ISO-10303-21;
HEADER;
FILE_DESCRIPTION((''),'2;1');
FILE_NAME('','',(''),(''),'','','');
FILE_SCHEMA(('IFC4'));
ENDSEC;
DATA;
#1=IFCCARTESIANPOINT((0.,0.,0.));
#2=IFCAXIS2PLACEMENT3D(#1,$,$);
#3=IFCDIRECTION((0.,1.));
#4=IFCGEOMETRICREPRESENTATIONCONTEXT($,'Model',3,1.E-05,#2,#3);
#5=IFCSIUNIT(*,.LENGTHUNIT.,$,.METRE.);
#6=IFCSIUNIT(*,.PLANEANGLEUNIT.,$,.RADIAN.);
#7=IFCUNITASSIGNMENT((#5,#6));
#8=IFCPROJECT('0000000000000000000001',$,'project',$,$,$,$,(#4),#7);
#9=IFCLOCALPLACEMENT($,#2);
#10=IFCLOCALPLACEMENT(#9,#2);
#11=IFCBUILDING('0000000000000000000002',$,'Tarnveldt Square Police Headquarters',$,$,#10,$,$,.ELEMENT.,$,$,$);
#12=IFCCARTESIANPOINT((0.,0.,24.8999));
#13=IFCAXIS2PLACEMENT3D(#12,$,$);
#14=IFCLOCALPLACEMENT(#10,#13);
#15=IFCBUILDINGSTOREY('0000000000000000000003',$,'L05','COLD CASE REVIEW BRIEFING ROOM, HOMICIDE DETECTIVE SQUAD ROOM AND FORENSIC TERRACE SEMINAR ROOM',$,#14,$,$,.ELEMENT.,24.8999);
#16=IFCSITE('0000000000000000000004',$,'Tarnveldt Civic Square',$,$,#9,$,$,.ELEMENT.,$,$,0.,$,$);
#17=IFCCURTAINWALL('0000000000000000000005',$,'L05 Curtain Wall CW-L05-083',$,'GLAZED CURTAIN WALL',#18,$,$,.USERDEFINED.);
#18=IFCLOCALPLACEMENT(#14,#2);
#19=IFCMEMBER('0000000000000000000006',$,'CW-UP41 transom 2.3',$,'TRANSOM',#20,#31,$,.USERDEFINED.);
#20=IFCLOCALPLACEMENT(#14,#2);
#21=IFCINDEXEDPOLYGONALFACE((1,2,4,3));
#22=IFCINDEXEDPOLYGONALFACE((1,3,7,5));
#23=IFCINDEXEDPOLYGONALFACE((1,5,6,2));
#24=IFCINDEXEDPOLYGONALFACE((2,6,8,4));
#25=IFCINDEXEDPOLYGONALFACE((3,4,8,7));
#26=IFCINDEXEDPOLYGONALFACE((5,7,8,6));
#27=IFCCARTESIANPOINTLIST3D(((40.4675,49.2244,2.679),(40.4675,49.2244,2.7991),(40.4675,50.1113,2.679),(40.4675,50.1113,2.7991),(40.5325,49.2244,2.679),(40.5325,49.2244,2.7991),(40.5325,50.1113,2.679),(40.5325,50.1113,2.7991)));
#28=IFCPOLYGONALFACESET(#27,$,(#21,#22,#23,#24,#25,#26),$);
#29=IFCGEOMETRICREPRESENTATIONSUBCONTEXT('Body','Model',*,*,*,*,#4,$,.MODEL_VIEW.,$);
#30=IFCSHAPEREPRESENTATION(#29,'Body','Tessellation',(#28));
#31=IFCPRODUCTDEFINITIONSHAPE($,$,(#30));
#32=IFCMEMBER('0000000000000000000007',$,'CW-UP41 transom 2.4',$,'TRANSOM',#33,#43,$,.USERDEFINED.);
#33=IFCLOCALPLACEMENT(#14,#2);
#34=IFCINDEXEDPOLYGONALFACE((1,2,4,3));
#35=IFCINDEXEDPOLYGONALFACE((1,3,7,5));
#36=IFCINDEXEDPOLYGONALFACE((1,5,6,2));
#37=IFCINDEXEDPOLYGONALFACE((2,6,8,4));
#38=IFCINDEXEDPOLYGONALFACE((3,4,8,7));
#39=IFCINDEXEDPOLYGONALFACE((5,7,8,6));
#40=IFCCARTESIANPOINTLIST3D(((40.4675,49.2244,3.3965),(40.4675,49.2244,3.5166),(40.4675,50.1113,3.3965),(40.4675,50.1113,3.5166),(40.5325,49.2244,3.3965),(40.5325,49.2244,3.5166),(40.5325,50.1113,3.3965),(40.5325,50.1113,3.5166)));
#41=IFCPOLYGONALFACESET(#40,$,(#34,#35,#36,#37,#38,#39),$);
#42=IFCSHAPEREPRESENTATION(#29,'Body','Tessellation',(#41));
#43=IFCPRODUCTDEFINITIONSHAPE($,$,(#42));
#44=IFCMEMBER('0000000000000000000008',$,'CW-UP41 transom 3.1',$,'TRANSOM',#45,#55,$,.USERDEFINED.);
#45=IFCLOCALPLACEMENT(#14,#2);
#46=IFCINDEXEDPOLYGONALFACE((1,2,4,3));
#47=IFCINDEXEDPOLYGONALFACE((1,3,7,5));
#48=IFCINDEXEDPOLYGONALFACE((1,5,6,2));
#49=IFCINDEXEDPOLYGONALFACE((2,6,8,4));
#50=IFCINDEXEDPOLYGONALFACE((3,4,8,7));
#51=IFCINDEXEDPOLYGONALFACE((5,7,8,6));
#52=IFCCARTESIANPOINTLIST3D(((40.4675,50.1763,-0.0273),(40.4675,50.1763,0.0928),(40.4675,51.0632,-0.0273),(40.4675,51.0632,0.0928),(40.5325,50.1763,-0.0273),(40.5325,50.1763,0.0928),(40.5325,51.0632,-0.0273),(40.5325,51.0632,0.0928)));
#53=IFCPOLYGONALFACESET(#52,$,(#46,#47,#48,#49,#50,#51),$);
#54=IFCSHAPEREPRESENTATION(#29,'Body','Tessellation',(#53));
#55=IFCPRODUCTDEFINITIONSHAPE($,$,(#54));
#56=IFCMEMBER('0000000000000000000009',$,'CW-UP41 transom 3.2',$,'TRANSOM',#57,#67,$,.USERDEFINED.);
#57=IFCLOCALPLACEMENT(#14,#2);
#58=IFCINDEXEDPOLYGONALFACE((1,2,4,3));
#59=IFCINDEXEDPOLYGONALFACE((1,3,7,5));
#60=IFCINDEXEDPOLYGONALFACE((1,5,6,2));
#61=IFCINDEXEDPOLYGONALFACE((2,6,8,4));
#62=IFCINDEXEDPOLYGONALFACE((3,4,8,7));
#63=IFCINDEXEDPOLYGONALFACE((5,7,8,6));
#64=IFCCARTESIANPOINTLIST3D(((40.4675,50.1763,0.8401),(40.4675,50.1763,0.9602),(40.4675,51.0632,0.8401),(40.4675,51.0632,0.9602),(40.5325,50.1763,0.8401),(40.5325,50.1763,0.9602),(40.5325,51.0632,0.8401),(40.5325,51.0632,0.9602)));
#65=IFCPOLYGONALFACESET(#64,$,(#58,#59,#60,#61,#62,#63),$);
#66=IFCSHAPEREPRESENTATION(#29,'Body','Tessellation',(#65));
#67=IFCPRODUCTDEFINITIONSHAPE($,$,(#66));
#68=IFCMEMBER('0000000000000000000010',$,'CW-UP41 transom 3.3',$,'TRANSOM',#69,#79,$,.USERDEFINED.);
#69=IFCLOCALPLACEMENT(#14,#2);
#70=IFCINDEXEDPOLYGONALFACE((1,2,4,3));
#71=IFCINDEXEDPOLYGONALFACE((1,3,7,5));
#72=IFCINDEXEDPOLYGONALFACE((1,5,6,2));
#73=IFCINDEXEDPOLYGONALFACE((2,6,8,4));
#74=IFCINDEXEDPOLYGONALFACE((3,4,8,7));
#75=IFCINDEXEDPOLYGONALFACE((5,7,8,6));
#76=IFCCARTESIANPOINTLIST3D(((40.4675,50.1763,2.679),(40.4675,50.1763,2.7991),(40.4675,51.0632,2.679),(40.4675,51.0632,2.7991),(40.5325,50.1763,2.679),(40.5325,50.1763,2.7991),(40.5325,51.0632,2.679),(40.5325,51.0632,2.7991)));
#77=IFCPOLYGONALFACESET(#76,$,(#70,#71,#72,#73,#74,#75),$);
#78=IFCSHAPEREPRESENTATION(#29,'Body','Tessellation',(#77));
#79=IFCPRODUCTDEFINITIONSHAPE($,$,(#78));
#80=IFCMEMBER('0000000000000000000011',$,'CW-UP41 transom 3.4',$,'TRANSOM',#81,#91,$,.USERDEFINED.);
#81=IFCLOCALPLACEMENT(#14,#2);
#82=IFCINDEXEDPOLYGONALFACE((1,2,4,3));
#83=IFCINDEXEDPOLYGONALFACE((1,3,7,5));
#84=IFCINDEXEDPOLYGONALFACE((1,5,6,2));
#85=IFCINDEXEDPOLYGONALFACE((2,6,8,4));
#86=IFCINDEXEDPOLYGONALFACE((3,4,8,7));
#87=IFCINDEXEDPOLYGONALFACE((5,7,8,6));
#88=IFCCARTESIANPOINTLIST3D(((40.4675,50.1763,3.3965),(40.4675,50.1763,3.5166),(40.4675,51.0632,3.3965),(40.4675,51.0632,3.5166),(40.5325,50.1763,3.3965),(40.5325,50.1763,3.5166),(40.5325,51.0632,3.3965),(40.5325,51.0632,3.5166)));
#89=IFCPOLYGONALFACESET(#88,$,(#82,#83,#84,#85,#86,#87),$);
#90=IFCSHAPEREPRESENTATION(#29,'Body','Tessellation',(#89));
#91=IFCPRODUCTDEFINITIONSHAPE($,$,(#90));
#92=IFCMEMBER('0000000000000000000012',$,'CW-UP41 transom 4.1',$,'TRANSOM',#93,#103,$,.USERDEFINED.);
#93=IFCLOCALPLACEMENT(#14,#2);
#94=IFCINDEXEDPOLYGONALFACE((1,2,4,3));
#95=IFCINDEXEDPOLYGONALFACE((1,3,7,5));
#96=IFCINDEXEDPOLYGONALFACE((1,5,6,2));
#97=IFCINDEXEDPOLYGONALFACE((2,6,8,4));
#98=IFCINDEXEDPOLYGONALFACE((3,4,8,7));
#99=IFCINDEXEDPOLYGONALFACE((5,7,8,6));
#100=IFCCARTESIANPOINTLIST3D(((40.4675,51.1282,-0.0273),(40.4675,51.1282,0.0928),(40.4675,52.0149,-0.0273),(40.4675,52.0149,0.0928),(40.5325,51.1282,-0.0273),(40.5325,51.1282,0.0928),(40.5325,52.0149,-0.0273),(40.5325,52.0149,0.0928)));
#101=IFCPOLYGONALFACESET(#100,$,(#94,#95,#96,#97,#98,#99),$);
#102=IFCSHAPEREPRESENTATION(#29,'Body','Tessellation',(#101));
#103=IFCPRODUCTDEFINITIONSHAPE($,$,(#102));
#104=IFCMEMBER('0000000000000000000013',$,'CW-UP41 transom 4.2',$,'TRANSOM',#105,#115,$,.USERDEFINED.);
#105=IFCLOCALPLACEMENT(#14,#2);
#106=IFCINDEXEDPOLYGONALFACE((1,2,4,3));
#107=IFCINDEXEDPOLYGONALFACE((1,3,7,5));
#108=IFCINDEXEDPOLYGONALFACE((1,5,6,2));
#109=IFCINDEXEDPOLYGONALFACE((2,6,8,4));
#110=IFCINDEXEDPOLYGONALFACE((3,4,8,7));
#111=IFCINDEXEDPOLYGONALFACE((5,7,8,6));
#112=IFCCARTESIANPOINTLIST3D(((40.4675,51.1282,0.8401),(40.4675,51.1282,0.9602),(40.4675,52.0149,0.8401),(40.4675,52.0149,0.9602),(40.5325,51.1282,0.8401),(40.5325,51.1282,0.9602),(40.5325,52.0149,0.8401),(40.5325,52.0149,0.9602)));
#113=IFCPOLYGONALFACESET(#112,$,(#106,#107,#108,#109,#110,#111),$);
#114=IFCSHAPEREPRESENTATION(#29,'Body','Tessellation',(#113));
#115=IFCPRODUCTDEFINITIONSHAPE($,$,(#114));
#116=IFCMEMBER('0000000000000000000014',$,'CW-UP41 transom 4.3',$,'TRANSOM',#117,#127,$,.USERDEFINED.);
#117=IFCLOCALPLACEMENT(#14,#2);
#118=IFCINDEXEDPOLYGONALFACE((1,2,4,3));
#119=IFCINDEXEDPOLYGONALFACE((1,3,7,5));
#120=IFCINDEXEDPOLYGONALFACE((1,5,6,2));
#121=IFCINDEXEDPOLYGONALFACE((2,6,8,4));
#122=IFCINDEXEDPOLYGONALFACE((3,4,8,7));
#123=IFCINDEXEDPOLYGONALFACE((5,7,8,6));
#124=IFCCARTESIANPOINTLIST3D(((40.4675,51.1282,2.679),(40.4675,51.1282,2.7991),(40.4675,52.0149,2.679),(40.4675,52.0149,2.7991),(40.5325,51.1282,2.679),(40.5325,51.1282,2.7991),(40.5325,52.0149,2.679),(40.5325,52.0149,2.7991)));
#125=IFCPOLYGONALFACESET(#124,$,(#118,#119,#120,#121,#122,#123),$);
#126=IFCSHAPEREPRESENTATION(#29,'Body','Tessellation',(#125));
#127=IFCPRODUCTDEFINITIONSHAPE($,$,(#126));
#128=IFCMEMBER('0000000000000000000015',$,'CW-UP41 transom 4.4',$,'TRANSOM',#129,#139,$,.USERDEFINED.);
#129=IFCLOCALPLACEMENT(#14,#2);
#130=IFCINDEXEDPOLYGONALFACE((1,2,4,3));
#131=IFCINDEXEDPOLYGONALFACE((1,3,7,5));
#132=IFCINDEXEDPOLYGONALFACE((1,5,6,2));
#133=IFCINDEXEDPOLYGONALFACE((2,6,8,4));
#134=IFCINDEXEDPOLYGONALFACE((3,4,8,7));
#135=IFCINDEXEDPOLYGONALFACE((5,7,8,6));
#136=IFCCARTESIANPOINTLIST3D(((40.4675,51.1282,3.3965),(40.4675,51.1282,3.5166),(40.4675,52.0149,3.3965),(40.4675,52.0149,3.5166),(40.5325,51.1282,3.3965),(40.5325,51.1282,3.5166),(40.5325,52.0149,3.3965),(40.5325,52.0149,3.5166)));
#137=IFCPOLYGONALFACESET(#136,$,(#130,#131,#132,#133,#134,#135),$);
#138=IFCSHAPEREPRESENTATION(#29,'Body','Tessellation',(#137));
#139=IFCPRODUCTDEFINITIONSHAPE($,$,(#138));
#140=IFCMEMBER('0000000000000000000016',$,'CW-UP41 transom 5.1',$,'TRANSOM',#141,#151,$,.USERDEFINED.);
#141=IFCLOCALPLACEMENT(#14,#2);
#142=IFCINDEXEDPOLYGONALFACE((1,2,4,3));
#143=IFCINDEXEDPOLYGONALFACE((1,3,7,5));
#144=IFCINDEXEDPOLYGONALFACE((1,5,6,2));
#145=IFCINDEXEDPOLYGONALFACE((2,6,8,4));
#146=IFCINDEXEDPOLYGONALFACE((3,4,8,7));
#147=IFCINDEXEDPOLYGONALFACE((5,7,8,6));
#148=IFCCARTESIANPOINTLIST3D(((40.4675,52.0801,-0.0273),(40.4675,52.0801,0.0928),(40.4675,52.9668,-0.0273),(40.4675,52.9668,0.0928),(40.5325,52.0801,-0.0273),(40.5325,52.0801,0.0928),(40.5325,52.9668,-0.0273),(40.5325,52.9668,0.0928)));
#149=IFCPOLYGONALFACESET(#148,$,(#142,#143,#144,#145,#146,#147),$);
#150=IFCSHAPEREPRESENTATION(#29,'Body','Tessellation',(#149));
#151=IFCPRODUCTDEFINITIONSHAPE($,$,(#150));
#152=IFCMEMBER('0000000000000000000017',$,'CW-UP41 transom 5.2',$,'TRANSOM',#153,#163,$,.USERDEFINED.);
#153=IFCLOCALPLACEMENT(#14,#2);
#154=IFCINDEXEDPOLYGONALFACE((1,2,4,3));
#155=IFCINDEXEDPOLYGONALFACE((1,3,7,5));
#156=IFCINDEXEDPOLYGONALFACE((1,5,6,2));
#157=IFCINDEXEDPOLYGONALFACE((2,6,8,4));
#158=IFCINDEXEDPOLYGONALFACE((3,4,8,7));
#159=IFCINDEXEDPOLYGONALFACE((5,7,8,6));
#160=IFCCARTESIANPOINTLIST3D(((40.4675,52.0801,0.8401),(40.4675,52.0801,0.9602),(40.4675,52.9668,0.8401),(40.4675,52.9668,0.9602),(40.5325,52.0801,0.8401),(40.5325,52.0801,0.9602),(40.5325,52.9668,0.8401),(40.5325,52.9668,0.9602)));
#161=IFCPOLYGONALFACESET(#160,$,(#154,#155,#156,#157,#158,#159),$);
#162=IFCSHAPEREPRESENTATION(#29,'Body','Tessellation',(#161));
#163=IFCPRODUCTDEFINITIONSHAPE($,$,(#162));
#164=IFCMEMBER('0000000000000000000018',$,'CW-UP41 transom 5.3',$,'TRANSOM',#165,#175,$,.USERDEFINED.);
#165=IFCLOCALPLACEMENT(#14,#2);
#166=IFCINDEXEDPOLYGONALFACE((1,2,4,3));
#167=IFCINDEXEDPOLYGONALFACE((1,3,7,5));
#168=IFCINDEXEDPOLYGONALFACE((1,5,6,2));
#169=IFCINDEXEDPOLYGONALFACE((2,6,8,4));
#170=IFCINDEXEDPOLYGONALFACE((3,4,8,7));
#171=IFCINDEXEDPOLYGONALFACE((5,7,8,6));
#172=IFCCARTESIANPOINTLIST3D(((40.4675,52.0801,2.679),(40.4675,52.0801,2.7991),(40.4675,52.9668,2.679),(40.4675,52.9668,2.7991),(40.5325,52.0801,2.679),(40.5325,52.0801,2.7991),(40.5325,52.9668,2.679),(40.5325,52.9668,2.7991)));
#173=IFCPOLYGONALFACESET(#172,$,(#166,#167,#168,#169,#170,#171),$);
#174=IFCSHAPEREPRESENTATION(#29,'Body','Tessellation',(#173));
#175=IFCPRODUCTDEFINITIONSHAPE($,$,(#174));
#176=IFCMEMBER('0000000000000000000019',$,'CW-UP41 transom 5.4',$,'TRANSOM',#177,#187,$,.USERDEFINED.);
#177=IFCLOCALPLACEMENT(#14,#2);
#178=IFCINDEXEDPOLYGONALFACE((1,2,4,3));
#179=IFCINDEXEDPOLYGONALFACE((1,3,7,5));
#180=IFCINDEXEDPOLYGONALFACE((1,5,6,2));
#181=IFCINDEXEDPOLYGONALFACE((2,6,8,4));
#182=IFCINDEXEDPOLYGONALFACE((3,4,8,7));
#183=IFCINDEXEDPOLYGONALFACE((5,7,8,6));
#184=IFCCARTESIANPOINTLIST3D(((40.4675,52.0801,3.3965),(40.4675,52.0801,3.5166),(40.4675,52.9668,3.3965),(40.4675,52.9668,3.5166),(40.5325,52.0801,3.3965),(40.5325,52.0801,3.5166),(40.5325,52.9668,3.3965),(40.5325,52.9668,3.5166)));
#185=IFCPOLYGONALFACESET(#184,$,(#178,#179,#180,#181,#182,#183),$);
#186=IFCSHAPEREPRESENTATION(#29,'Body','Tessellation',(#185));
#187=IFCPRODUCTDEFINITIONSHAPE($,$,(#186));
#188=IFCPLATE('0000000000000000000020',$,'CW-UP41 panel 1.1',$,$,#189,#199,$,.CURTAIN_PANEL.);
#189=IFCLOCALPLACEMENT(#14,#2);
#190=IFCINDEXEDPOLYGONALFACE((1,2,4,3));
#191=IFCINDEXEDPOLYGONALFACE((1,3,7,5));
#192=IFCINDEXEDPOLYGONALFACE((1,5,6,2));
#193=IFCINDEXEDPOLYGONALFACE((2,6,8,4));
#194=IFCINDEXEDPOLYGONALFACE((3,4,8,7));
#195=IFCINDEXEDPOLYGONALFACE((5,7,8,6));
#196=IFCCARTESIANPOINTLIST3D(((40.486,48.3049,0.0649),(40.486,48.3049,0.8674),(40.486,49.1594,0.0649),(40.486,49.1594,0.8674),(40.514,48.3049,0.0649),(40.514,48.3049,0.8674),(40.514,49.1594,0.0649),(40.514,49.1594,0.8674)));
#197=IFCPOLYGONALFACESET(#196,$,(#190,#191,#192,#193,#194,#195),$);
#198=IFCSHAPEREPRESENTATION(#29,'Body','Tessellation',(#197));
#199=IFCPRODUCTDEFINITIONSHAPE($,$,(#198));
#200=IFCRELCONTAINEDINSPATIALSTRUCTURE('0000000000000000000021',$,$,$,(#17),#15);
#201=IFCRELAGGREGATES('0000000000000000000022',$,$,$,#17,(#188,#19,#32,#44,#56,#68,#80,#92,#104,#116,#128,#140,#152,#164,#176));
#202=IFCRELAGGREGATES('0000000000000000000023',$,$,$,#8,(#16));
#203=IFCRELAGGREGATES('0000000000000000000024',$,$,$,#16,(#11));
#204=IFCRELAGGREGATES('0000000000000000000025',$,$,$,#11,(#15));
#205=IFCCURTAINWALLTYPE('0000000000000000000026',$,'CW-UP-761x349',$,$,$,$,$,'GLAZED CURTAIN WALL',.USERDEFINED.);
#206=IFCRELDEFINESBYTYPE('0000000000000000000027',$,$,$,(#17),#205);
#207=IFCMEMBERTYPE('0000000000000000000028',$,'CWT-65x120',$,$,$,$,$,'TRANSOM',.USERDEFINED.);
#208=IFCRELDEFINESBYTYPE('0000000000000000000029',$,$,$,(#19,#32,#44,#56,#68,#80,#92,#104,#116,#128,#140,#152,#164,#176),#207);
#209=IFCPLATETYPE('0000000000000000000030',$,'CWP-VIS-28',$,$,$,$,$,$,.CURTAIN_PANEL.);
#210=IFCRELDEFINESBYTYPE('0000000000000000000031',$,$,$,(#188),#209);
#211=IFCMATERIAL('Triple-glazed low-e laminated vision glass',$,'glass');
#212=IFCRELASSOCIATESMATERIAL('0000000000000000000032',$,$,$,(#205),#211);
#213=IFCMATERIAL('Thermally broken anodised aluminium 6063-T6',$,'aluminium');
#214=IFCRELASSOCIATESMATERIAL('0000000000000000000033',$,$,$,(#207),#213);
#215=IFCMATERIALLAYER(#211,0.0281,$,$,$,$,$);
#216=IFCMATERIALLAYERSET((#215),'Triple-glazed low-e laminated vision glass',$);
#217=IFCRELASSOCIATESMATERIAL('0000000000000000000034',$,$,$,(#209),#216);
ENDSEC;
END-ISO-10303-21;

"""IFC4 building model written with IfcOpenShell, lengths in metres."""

from ifc_helpers import new_model, si_unit, direction, frame, origin, origin_2d, place, context, subcontext, project, spatial, rectangle, extrude, material, layer, layer_set, material_profile, profile_set, type_object, element, aggregate, save


model = new_model("IFC4")

# Units and contexts
model_context = context("Model", 3, precision=1e-05, world=origin(), true_north=direction((0.0, 1.0)))
body_context = subcontext(model_context, "Body", "Model", "MODEL_VIEW")
ifc_project = project(units=[si_unit("LENGTHUNIT", "METRE"), si_unit("PLANEANGLEUNIT", "RADIAN")], contexts=[model_context])

# Site, building, storey
site_placement = place(None, origin())
site = spatial("IfcSite", under=ifc_project, at=site_placement, Name="Tarnveldt Civic Square", CompositionType="ELEMENT", RefElevation=0.0)
building_placement = place(site_placement, origin())
building = spatial("IfcBuilding", under=site, at=building_placement, Name="Tarnveldt Square Police Headquarters", CompositionType="ELEMENT")
storey_placement = place(building_placement, frame((0.0, 0.0, 24.8999)))
storey = spatial("IfcBuildingStorey", under=building, at=storey_placement, Name="L05", Description="COLD CASE REVIEW BRIEFING ROOM, HOMICIDE DETECTIVE SQUAD ROOM AND FORENSIC TERRACE SEMINAR ROOM", CompositionType="ELEMENT", Elevation=24.8999)

# Curtain wall, members, plate
ifc_material_1 = material(Name="Triple-glazed low-e laminated vision glass", Category="glass")
curtain_wall_type = type_object("IfcCurtainWallType", Name="CW-UP-761x349", ElementType="GLAZED CURTAIN WALL", PredefinedType="USERDEFINED", material=ifc_material_1)
curtain_wall_placement = place(storey_placement, origin())
curtain_wall = element("IfcCurtainWall", 1, at=curtain_wall_placement, inside=storey, type_object=curtain_wall_type, Name="L05 Curtain Wall CW-L05-083", ObjectType="GLAZED CURTAIN WALL", PredefinedType="USERDEFINED")
ifc_material_2 = material(Name="Thermally broken anodised aluminium 6063-T6", Category="aluminium")
ifc_material_profile_1 = material_profile(ifc_material_2, rectangle(XDim=0.0649, YDim=0.1201, at=origin_2d()), Name="CW-T65x120")
ifc_profile_set_1 = profile_set([ifc_material_profile_1], Name="Thermally broken anodised aluminium 6063-T6")
member_type_1 = type_object("IfcMemberType", Name="CWT-65x120", ElementType="TRANSOM", PredefinedType="USERDEFINED", material=ifc_profile_set_1)
member_1_placement = place(storey_placement, frame((40.5, 49.2244, 2.739), z_axis=(0.0, 1.0, 0.0), x_axis=(-1.0, 0.0, 0.0)))
member_1 = element("IfcMember", 2, at=member_1_placement, type_object=member_type_1, Name="CW-UP41 transom 2.3", ObjectType="TRANSOM", PredefinedType="USERDEFINED", context=body_context, shape_type="SweptSolid", body=[
    extrude(rectangle(XDim=0.0649, YDim=0.1201, at=origin_2d()), origin(), (0.0, 0.0, 1.0), 0.887),
])
member_2_placement = place(storey_placement, frame((40.5, 49.2244, 3.4565), z_axis=(0.0, 1.0, 0.0), x_axis=(-1.0, 0.0, 0.0)))
member_2 = element("IfcMember", 3, at=member_2_placement, type_object=member_type_1, Name="CW-UP41 transom 2.4", ObjectType="TRANSOM", PredefinedType="USERDEFINED", context=body_context, shape_type="SweptSolid", body=[
    extrude(rectangle(XDim=0.0649, YDim=0.1201, at=origin_2d()), origin(), (0.0, 0.0, 1.0), 0.887),
])
member_3_placement = place(storey_placement, frame((40.5, 50.1763, 0.0327), z_axis=(0.0, 1.0, 0.0), x_axis=(-1.0, 0.0, 0.0)))
member_3 = element("IfcMember", 4, at=member_3_placement, type_object=member_type_1, Name="CW-UP41 transom 3.1", ObjectType="TRANSOM", PredefinedType="USERDEFINED", context=body_context, shape_type="SweptSolid", body=[
    extrude(rectangle(XDim=0.0649, YDim=0.1201, at=origin_2d()), origin(), (0.0, 0.0, 1.0), 0.887),
])
member_4_placement = place(storey_placement, frame((40.5, 50.1763, 0.9001), z_axis=(0.0, 1.0, 0.0), x_axis=(-1.0, 0.0, 0.0)))
member_4 = element("IfcMember", 5, at=member_4_placement, type_object=member_type_1, Name="CW-UP41 transom 3.2", ObjectType="TRANSOM", PredefinedType="USERDEFINED", context=body_context, shape_type="SweptSolid", body=[
    extrude(rectangle(XDim=0.0649, YDim=0.1201, at=origin_2d()), origin(), (0.0, 0.0, 1.0), 0.887),
])
member_5_placement = place(storey_placement, frame((40.5, 50.1763, 2.739), z_axis=(0.0, 1.0, 0.0), x_axis=(-1.0, 0.0, 0.0)))
member_5 = element("IfcMember", 6, at=member_5_placement, type_object=member_type_1, Name="CW-UP41 transom 3.3", ObjectType="TRANSOM", PredefinedType="USERDEFINED", context=body_context, shape_type="SweptSolid", body=[
    extrude(rectangle(XDim=0.0649, YDim=0.1201, at=origin_2d()), origin(), (0.0, 0.0, 1.0), 0.887),
])
member_6_placement = place(storey_placement, frame((40.5, 50.1763, 3.4565), z_axis=(0.0, 1.0, 0.0), x_axis=(-1.0, 0.0, 0.0)))
member_6 = element("IfcMember", 7, at=member_6_placement, type_object=member_type_1, Name="CW-UP41 transom 3.4", ObjectType="TRANSOM", PredefinedType="USERDEFINED", context=body_context, shape_type="SweptSolid", body=[
    extrude(rectangle(XDim=0.0649, YDim=0.1201, at=origin_2d()), origin(), (0.0, 0.0, 1.0), 0.887),
])
member_7_placement = place(storey_placement, frame((40.5, 51.1282, 0.0327), z_axis=(0.0, 1.0, 0.0), x_axis=(-1.0, 0.0, 0.0)))
member_7 = element("IfcMember", 8, at=member_7_placement, type_object=member_type_1, Name="CW-UP41 transom 4.1", ObjectType="TRANSOM", PredefinedType="USERDEFINED", context=body_context, shape_type="SweptSolid", body=[
    extrude(rectangle(XDim=0.0649, YDim=0.1201, at=origin_2d()), origin(), (0.0, 0.0, 1.0), 0.8867),
])
member_8_placement = place(storey_placement, frame((40.5, 51.1282, 0.9001), z_axis=(0.0, 1.0, 0.0), x_axis=(-1.0, 0.0, 0.0)))
member_8 = element("IfcMember", 9, at=member_8_placement, type_object=member_type_1, Name="CW-UP41 transom 4.2", ObjectType="TRANSOM", PredefinedType="USERDEFINED", context=body_context, shape_type="SweptSolid", body=[
    extrude(rectangle(XDim=0.0649, YDim=0.1201, at=origin_2d()), origin(), (0.0, 0.0, 1.0), 0.8867),
])
member_9_placement = place(storey_placement, frame((40.5, 51.1282, 2.739), z_axis=(0.0, 1.0, 0.0), x_axis=(-1.0, 0.0, 0.0)))
member_9 = element("IfcMember", 10, at=member_9_placement, type_object=member_type_1, Name="CW-UP41 transom 4.3", ObjectType="TRANSOM", PredefinedType="USERDEFINED", context=body_context, shape_type="SweptSolid", body=[
    extrude(rectangle(XDim=0.0649, YDim=0.1201, at=origin_2d()), origin(), (0.0, 0.0, 1.0), 0.8867),
])
member_10_placement = place(storey_placement, frame((40.5, 51.1282, 3.4565), z_axis=(0.0, 1.0, 0.0), x_axis=(-1.0, 0.0, 0.0)))
member_10 = element("IfcMember", 11, at=member_10_placement, type_object=member_type_1, Name="CW-UP41 transom 4.4", ObjectType="TRANSOM", PredefinedType="USERDEFINED", context=body_context, shape_type="SweptSolid", body=[
    extrude(rectangle(XDim=0.0649, YDim=0.1201, at=origin_2d()), origin(), (0.0, 0.0, 1.0), 0.8867),
])
member_11_placement = place(storey_placement, frame((40.5, 52.0801, 0.0327), z_axis=(0.0, 1.0, 0.0), x_axis=(-1.0, 0.0, 0.0)))
member_11 = element("IfcMember", 12, at=member_11_placement, type_object=member_type_1, Name="CW-UP41 transom 5.1", ObjectType="TRANSOM", PredefinedType="USERDEFINED", context=body_context, shape_type="SweptSolid", body=[
    extrude(rectangle(XDim=0.0649, YDim=0.1201, at=origin_2d()), origin(), (0.0, 0.0, 1.0), 0.8867),
])
member_12_placement = place(storey_placement, frame((40.5, 52.0801, 0.9001), z_axis=(0.0, 1.0, 0.0), x_axis=(-1.0, 0.0, 0.0)))
member_12 = element("IfcMember", 13, at=member_12_placement, type_object=member_type_1, Name="CW-UP41 transom 5.2", ObjectType="TRANSOM", PredefinedType="USERDEFINED", context=body_context, shape_type="SweptSolid", body=[
    extrude(rectangle(XDim=0.0649, YDim=0.1201, at=origin_2d()), origin(), (0.0, 0.0, 1.0), 0.8867),
])
member_13_placement = place(storey_placement, frame((40.5, 52.0801, 2.739), z_axis=(0.0, 1.0, 0.0), x_axis=(-1.0, 0.0, 0.0)))
member_13 = element("IfcMember", 14, at=member_13_placement, type_object=member_type_1, Name="CW-UP41 transom 5.3", ObjectType="TRANSOM", PredefinedType="USERDEFINED", context=body_context, shape_type="SweptSolid", body=[
    extrude(rectangle(XDim=0.0649, YDim=0.1201, at=origin_2d()), origin(), (0.0, 0.0, 1.0), 0.8867),
])
member_14_placement = place(storey_placement, frame((40.5, 52.0801, 3.4565), z_axis=(0.0, 1.0, 0.0), x_axis=(-1.0, 0.0, 0.0)))
member_14 = element("IfcMember", 15, at=member_14_placement, type_object=member_type_1, Name="CW-UP41 transom 5.4", ObjectType="TRANSOM", PredefinedType="USERDEFINED", context=body_context, shape_type="SweptSolid", body=[
    extrude(rectangle(XDim=0.0649, YDim=0.1201, at=origin_2d()), origin(), (0.0, 0.0, 1.0), 0.8867),
])
ifc_layer = layer(ifc_material_1, 0.0281)
ifc_layer_set = layer_set([ifc_layer], Name="Triple-glazed low-e laminated vision glass")
plate_type = type_object("IfcPlateType", Name="CWP-VIS-28", PredefinedType="CURTAIN_PANEL", material=ifc_layer_set)
plate_1_placement = place(storey_placement, frame((40.5, 48.7322, 0.0649), z_axis=(0.0, 0.0, 1.0), x_axis=(0.0, 1.0, 0.0)))
plate_1 = element("IfcPlate", 16, at=plate_1_placement, type_object=plate_type, Name="CW-UP41 panel 1.1", PredefinedType="CURTAIN_PANEL", context=body_context, shape_type="SweptSolid", body=[
    extrude(rectangle(XDim=0.8545, YDim=0.0281, at=origin_2d()), origin(), (0.0, 0.0, 1.0), 0.8025),
])
aggregate(curtain_wall, [plate_1, member_1, member_2, member_3, member_4, member_5, member_6, member_7, member_8, member_9, member_10, member_11, member_12, member_13, member_14])

save(model, "model.ifc")
